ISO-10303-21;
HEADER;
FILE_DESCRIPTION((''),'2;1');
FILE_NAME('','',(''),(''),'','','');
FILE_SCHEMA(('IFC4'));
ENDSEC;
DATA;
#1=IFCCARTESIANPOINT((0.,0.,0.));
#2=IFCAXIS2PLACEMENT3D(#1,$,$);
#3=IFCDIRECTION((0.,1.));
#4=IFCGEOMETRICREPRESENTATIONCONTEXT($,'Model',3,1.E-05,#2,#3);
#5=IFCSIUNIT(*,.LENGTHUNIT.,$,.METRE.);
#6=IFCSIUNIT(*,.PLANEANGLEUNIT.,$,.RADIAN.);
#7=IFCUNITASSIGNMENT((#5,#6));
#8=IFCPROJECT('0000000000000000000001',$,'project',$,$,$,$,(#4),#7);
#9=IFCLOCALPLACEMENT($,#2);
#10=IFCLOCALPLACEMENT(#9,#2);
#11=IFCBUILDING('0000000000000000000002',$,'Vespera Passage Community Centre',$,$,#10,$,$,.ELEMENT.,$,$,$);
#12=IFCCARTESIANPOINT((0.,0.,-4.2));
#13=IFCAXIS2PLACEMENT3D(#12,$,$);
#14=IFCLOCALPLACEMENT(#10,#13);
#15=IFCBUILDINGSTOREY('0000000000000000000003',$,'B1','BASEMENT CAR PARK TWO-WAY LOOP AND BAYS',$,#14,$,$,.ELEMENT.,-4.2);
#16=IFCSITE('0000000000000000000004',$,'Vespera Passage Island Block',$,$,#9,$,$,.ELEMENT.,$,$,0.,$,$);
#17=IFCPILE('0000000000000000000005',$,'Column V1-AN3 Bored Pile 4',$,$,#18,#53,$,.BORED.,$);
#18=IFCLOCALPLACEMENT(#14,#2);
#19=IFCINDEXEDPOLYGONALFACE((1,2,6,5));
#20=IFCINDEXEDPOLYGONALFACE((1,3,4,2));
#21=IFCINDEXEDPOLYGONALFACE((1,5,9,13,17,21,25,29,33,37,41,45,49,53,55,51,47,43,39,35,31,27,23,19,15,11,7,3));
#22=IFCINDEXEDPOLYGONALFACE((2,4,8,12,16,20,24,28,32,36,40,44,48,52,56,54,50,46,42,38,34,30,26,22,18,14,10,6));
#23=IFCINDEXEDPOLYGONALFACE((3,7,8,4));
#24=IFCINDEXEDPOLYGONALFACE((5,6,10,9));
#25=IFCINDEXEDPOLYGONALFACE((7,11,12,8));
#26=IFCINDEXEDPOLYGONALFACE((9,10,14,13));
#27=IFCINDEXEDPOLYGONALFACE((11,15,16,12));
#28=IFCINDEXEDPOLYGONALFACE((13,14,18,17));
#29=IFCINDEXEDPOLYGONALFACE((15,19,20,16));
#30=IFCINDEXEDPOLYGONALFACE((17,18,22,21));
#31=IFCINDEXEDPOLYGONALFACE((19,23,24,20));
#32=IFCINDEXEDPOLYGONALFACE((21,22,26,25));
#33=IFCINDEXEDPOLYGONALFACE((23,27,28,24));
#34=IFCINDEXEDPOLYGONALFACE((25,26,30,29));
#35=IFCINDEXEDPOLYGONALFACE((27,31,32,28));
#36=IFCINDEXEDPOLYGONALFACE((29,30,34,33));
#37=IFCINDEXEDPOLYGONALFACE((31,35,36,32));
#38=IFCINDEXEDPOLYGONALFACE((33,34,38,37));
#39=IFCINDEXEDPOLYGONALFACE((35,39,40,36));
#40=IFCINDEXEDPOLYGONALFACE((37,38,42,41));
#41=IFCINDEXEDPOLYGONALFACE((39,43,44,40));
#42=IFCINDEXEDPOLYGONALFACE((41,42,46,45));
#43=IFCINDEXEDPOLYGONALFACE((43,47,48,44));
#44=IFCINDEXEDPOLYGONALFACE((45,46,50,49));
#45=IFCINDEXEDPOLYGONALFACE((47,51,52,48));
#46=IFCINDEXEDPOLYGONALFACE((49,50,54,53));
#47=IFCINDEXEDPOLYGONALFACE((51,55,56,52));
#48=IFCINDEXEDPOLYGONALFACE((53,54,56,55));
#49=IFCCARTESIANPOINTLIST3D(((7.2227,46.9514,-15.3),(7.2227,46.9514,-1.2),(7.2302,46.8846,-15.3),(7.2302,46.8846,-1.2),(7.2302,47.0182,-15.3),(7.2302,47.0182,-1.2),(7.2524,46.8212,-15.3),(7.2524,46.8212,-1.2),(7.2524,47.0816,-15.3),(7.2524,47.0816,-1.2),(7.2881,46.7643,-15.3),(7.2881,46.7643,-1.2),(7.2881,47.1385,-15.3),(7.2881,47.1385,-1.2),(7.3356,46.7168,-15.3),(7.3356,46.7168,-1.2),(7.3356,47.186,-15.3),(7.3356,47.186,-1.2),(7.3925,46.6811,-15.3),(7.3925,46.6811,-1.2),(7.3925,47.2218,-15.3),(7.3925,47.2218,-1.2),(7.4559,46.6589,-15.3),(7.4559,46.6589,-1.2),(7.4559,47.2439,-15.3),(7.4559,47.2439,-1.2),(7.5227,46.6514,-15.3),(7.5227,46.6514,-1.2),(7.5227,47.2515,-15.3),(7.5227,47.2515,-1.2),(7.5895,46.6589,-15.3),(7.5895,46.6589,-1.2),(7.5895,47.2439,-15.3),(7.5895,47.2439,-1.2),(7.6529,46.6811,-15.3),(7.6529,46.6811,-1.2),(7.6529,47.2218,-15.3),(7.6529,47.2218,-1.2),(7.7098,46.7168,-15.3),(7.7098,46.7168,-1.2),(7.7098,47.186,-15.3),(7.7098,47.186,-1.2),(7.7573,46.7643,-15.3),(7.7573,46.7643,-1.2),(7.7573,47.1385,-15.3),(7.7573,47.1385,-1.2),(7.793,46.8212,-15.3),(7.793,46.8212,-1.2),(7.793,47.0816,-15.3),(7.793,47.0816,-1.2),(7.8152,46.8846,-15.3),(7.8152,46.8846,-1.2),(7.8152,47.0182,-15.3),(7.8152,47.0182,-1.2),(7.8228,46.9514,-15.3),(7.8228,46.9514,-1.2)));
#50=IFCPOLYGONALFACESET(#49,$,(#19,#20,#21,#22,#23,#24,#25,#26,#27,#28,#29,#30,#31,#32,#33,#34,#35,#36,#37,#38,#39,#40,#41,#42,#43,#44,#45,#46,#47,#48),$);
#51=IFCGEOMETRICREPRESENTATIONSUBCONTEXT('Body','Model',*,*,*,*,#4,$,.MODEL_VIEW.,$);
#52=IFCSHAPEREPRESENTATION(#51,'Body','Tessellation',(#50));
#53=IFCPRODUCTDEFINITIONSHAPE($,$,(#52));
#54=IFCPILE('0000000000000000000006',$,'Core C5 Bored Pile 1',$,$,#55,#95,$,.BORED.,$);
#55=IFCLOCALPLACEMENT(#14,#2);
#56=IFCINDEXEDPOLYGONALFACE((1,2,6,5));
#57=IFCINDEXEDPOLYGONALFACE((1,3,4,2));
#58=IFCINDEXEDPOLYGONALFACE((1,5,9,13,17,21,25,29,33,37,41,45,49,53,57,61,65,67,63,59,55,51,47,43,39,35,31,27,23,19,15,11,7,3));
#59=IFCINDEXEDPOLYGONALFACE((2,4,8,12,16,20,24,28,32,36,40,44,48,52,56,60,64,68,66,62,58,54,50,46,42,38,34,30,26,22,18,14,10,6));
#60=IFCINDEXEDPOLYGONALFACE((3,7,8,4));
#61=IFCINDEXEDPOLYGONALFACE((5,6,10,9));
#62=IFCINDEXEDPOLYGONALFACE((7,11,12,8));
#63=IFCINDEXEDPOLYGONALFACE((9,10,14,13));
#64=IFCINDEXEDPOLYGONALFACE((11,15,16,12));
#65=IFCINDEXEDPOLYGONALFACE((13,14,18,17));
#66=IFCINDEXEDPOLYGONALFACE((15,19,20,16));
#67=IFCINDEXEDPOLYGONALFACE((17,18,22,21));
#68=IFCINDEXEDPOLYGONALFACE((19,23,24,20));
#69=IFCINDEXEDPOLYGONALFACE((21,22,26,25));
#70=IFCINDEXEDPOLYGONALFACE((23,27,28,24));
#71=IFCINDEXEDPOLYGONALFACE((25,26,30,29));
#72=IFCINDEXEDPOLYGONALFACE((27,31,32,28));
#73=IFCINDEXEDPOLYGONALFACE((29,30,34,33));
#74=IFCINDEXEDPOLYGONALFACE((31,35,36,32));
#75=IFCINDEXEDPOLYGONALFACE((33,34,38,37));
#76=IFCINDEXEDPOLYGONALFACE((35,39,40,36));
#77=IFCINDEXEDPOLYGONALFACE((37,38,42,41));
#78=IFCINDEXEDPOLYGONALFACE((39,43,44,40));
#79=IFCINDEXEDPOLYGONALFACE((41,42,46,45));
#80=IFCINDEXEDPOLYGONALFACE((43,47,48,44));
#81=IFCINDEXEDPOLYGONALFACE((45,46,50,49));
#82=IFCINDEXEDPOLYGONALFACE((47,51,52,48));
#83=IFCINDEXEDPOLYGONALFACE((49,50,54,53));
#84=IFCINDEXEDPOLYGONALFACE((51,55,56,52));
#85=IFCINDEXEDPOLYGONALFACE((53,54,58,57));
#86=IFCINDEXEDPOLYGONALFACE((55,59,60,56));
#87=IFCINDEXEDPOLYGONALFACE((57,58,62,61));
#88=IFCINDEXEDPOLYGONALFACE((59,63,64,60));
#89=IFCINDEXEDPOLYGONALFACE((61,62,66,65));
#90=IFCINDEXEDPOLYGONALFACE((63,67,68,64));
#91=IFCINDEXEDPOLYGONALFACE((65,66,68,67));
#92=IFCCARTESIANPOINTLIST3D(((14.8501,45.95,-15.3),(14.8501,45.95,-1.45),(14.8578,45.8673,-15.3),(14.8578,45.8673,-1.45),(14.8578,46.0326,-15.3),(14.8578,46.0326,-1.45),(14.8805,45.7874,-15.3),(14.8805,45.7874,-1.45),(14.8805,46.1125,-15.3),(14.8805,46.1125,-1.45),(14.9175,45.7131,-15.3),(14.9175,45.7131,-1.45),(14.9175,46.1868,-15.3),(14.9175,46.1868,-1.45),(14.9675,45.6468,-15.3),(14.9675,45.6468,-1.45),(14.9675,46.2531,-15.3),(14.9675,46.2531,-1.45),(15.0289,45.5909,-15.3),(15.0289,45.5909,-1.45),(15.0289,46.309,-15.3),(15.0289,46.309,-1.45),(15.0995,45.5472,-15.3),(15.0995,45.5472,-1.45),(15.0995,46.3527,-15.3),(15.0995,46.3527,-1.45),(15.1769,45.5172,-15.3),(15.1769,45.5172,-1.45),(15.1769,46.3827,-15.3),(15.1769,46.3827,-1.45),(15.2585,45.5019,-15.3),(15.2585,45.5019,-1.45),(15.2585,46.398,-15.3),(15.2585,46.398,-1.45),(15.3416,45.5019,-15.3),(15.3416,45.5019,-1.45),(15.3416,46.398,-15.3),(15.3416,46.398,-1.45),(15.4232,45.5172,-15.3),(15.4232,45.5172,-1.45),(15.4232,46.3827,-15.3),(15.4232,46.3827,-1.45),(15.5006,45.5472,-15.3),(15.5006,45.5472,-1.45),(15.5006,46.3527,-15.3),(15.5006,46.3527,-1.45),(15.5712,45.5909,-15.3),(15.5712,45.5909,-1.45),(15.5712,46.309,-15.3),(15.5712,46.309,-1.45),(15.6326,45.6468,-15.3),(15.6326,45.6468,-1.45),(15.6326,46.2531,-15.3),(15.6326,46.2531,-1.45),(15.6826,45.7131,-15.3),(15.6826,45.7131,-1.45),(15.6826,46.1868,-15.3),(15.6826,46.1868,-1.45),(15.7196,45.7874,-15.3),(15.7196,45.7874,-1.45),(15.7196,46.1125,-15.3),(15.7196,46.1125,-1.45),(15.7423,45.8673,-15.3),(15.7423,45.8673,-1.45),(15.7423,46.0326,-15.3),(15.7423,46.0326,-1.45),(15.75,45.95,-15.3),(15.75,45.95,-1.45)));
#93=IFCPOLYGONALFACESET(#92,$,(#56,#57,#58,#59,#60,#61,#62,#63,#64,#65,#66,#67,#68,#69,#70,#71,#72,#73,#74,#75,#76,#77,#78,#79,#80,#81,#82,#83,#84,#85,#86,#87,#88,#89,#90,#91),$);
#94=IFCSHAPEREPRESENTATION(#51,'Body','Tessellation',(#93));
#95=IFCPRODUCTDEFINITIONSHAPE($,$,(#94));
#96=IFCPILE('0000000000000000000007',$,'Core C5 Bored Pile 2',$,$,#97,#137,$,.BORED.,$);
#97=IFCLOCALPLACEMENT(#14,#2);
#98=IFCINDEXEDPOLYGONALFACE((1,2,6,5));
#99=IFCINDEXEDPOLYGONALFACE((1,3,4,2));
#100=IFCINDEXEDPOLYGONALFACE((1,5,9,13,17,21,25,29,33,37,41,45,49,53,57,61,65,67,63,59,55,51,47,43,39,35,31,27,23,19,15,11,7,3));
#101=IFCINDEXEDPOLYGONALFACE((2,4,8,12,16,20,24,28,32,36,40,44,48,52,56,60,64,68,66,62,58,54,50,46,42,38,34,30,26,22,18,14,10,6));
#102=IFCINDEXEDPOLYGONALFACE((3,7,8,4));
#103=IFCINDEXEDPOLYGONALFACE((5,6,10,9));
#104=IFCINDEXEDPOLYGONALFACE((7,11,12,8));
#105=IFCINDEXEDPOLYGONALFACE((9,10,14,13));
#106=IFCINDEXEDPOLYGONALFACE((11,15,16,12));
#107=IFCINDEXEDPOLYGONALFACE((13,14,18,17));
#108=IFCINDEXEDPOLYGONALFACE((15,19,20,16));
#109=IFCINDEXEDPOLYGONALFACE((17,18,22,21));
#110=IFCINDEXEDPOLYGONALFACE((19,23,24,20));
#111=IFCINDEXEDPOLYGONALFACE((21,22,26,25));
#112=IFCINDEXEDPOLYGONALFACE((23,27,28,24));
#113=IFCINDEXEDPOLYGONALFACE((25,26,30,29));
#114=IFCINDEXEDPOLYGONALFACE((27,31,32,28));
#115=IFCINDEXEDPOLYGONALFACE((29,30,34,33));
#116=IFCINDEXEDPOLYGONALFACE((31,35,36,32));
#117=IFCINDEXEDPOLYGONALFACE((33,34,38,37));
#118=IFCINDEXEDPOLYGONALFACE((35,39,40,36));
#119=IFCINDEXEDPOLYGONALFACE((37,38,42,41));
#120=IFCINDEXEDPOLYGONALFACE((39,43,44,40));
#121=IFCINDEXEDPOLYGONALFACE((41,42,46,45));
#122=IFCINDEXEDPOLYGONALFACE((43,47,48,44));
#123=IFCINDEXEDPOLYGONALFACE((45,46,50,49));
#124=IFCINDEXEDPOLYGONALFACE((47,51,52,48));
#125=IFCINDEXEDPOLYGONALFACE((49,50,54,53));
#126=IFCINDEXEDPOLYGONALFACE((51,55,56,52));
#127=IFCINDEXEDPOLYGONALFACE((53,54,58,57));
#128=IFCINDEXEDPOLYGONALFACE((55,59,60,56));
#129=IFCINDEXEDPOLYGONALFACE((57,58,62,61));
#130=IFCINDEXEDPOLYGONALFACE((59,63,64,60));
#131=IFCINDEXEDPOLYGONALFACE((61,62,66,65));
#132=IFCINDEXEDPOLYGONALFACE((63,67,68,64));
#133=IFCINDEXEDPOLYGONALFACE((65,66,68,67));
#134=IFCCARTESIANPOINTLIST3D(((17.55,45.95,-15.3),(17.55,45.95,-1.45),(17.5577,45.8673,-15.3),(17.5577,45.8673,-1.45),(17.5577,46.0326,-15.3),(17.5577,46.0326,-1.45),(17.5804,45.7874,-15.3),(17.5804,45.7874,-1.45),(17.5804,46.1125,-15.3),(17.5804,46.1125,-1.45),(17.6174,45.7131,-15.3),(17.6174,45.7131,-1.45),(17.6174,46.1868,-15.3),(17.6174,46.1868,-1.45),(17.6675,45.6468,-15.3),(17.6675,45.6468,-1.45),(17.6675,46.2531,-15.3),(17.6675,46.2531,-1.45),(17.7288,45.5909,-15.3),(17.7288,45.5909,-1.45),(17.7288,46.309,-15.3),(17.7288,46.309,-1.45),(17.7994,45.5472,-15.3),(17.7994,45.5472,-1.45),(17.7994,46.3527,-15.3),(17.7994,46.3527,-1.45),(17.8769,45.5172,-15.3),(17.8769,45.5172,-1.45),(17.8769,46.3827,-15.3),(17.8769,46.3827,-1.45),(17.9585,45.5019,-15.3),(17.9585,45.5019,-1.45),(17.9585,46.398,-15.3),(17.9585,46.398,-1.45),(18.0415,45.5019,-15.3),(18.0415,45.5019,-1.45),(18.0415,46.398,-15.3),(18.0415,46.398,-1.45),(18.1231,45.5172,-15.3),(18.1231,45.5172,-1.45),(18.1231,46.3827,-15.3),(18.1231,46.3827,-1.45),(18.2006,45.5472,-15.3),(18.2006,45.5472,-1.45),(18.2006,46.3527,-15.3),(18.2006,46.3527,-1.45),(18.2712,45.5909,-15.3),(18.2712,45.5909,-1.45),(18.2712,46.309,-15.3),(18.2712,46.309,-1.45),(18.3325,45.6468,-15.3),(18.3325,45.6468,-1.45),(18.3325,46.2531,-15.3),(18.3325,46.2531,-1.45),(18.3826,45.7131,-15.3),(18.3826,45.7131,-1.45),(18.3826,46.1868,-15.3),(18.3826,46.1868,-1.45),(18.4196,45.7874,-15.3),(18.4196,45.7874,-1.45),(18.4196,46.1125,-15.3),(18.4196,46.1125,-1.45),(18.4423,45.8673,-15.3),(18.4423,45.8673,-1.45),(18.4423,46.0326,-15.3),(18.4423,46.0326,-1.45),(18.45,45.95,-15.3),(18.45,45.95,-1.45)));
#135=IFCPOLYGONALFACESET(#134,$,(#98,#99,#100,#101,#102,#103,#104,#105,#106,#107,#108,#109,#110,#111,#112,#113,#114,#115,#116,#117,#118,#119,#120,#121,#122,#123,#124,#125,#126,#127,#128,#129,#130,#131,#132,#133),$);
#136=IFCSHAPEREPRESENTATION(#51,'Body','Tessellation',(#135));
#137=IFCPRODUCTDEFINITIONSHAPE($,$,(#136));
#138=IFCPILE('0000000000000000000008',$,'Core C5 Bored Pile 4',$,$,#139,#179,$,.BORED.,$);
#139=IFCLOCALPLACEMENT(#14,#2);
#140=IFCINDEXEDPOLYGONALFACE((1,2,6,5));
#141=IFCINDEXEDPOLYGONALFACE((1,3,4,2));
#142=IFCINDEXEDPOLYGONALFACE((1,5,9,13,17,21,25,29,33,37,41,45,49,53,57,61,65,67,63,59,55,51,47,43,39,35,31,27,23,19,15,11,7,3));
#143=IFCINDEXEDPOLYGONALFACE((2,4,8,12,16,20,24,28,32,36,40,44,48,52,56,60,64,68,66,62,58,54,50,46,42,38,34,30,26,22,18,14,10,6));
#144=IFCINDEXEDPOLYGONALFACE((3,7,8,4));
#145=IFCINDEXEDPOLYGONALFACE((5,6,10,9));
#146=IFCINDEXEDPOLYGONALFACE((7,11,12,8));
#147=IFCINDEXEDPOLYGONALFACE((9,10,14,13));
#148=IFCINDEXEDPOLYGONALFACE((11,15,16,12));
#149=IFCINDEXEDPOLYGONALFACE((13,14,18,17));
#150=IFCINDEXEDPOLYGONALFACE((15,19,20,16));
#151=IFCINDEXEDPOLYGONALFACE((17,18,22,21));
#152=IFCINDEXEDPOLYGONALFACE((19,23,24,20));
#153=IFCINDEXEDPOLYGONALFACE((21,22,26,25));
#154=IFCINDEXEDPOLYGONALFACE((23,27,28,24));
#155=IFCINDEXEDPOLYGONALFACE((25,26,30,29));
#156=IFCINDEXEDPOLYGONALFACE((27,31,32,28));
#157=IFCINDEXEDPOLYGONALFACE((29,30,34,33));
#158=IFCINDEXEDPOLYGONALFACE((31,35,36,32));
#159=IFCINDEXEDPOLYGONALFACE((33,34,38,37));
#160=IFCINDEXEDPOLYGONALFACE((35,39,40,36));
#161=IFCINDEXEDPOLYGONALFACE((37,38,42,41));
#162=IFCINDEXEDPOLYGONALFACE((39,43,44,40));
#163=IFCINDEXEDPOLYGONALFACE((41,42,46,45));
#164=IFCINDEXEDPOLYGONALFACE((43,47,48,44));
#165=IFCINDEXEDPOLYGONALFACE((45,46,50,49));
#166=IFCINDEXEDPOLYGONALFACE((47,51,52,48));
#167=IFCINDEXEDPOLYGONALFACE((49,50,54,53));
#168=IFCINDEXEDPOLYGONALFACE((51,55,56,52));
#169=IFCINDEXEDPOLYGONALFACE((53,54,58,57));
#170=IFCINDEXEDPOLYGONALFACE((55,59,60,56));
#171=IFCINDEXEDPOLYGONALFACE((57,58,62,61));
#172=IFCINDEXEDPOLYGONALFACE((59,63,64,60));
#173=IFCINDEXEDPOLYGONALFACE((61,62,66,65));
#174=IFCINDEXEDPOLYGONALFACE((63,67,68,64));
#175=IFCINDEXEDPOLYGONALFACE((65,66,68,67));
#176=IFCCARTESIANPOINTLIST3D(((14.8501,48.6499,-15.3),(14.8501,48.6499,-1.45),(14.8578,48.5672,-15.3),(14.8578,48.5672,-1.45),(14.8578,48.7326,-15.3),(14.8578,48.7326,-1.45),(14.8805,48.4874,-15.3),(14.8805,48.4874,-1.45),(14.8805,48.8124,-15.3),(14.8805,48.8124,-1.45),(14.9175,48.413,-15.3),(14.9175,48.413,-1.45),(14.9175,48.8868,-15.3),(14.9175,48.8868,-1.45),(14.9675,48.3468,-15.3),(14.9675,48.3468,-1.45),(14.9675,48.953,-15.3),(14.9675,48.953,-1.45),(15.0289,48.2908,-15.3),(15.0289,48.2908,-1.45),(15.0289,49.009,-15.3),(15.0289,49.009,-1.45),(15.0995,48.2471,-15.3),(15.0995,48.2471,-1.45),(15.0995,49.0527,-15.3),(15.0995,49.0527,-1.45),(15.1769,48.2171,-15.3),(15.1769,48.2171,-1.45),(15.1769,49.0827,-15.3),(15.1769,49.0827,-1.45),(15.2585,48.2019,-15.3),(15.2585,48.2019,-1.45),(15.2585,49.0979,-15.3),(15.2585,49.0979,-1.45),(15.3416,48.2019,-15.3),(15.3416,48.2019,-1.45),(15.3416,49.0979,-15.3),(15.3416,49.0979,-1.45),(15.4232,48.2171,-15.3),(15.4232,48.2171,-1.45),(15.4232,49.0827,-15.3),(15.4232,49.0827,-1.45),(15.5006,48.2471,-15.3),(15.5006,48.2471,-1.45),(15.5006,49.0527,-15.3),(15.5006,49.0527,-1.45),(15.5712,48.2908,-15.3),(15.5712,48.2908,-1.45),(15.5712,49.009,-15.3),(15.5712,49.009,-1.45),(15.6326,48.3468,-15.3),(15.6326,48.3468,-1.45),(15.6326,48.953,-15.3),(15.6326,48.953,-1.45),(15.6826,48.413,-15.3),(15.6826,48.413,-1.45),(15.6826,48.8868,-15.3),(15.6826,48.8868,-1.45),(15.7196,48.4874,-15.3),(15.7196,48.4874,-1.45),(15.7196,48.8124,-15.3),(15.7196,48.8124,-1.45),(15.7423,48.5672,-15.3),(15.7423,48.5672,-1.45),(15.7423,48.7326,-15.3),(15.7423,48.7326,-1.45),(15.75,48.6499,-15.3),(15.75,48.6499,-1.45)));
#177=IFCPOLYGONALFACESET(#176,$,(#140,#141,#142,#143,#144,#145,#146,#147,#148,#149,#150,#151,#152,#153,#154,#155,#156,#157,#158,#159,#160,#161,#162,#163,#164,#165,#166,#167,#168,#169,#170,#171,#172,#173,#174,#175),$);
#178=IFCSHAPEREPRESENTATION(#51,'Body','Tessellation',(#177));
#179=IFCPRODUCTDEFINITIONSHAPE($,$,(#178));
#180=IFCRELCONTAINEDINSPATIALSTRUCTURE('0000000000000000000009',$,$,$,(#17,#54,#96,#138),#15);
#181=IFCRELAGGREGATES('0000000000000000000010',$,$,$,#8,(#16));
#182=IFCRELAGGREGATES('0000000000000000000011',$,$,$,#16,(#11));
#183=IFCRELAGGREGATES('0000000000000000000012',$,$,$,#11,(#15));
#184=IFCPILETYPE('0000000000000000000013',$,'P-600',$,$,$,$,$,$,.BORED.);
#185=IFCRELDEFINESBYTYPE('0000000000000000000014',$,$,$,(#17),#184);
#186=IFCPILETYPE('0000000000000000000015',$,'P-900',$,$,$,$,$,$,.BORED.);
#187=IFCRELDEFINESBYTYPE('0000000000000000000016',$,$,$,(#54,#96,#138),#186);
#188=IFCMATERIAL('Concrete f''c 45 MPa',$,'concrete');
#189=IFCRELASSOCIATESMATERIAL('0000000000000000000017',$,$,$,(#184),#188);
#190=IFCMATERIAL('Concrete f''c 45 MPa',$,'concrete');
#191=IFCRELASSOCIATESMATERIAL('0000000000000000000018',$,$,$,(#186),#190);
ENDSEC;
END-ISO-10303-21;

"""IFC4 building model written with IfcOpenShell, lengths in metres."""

from ifc_helpers import new_model, si_unit, direction, frame, origin, origin_2d, place, context, subcontext, project, spatial, circle, extrude, material, material_profile, profile_set, type_object, element, save


model = new_model("IFC4")

# Units and contexts
model_context = context("Model", 3, precision=1e-05, world=origin(), true_north=direction((0.0, 1.0)))
body_context = subcontext(model_context, "Body", "Model", "MODEL_VIEW")
ifc_project = project(units=[si_unit("LENGTHUNIT", "METRE"), si_unit("PLANEANGLEUNIT", "RADIAN")], contexts=[model_context])

# Site, building, storey
site_placement = place(None, origin())
site = spatial("IfcSite", under=ifc_project, at=site_placement, Name="Vespera Passage Island Block", CompositionType="ELEMENT", RefElevation=0.0)
building_placement = place(site_placement, origin())
building = spatial("IfcBuilding", under=site, at=building_placement, Name="Vespera Passage Community Centre", CompositionType="ELEMENT")
storey_placement = place(building_placement, frame((0.0, 0.0, -4.2)))
storey = spatial("IfcBuildingStorey", under=building, at=storey_placement, Name="B1", Description="BASEMENT CAR PARK TWO-WAY LOOP AND BAYS", CompositionType="ELEMENT", Elevation=-4.2)

# Piles
ifc_material_1 = material(Name="Concrete f'c 45 MPa", Category="concrete")
ifc_material_profile_1 = material_profile(ifc_material_1, circle(Radius=0.3, at=origin_2d()), Name="PILE600DIA")
ifc_profile_set_1 = profile_set([ifc_material_profile_1], Name="Concrete f'c 45 MPa")
pile_type_1 = type_object("IfcPileType", Name="P-600", PredefinedType="BORED", material=ifc_profile_set_1)
for number, where, z_axis, x_axis, name in (
    (1, (7.5227, 46.9514, -1.2), (0.0, 0.0, -1.0), (1.0, 0.0, 0.0), "Column V1-AN3 Bored Pile 4"),
):
    element("IfcPile", number, at=place(storey_placement, frame(where, z_axis=z_axis, x_axis=x_axis)), inside=storey, type_object=pile_type_1, Name=name, PredefinedType="BORED", context=body_context, shape_type="SweptSolid", body=[
        extrude(circle(Radius=0.3, at=origin_2d()), origin(), (0.0, 0.0, 1.0), 14.1001),
    ])
ifc_material_2 = material(Name="Concrete f'c 45 MPa", Category="concrete")
ifc_material_profile_2 = material_profile(ifc_material_2, circle(Radius=0.45, at=origin_2d()), Name="PILE900DIA")
ifc_profile_set_2 = profile_set([ifc_material_profile_2], Name="Concrete f'c 45 MPa")
pile_type_2 = type_object("IfcPileType", Name="P-900", PredefinedType="BORED", material=ifc_profile_set_2)
for number, where, z_axis, x_axis, name in (
    (2, (15.3, 45.95, -1.45), (0.0, 0.0, -1.0), (1.0, 0.0, 0.0), "Core C5 Bored Pile 1"),
    (3, (18.0, 45.95, -1.45), (0.0, 0.0, -1.0), (1.0, 0.0, 0.0), "Core C5 Bored Pile 2"),
    (4, (15.3, 48.6499, -1.45), (0.0, 0.0, -1.0), (1.0, 0.0, 0.0), "Core C5 Bored Pile 4"),
):
    element("IfcPile", number, at=place(storey_placement, frame(where, z_axis=z_axis, x_axis=x_axis)), inside=storey, type_object=pile_type_2, Name=name, PredefinedType="BORED", context=body_context, shape_type="SweptSolid", body=[
        extrude(circle(Radius=0.45, at=origin_2d()), origin(), (0.0, 0.0, 1.0), 13.8501),
    ])

save(model, "model.ifc")
